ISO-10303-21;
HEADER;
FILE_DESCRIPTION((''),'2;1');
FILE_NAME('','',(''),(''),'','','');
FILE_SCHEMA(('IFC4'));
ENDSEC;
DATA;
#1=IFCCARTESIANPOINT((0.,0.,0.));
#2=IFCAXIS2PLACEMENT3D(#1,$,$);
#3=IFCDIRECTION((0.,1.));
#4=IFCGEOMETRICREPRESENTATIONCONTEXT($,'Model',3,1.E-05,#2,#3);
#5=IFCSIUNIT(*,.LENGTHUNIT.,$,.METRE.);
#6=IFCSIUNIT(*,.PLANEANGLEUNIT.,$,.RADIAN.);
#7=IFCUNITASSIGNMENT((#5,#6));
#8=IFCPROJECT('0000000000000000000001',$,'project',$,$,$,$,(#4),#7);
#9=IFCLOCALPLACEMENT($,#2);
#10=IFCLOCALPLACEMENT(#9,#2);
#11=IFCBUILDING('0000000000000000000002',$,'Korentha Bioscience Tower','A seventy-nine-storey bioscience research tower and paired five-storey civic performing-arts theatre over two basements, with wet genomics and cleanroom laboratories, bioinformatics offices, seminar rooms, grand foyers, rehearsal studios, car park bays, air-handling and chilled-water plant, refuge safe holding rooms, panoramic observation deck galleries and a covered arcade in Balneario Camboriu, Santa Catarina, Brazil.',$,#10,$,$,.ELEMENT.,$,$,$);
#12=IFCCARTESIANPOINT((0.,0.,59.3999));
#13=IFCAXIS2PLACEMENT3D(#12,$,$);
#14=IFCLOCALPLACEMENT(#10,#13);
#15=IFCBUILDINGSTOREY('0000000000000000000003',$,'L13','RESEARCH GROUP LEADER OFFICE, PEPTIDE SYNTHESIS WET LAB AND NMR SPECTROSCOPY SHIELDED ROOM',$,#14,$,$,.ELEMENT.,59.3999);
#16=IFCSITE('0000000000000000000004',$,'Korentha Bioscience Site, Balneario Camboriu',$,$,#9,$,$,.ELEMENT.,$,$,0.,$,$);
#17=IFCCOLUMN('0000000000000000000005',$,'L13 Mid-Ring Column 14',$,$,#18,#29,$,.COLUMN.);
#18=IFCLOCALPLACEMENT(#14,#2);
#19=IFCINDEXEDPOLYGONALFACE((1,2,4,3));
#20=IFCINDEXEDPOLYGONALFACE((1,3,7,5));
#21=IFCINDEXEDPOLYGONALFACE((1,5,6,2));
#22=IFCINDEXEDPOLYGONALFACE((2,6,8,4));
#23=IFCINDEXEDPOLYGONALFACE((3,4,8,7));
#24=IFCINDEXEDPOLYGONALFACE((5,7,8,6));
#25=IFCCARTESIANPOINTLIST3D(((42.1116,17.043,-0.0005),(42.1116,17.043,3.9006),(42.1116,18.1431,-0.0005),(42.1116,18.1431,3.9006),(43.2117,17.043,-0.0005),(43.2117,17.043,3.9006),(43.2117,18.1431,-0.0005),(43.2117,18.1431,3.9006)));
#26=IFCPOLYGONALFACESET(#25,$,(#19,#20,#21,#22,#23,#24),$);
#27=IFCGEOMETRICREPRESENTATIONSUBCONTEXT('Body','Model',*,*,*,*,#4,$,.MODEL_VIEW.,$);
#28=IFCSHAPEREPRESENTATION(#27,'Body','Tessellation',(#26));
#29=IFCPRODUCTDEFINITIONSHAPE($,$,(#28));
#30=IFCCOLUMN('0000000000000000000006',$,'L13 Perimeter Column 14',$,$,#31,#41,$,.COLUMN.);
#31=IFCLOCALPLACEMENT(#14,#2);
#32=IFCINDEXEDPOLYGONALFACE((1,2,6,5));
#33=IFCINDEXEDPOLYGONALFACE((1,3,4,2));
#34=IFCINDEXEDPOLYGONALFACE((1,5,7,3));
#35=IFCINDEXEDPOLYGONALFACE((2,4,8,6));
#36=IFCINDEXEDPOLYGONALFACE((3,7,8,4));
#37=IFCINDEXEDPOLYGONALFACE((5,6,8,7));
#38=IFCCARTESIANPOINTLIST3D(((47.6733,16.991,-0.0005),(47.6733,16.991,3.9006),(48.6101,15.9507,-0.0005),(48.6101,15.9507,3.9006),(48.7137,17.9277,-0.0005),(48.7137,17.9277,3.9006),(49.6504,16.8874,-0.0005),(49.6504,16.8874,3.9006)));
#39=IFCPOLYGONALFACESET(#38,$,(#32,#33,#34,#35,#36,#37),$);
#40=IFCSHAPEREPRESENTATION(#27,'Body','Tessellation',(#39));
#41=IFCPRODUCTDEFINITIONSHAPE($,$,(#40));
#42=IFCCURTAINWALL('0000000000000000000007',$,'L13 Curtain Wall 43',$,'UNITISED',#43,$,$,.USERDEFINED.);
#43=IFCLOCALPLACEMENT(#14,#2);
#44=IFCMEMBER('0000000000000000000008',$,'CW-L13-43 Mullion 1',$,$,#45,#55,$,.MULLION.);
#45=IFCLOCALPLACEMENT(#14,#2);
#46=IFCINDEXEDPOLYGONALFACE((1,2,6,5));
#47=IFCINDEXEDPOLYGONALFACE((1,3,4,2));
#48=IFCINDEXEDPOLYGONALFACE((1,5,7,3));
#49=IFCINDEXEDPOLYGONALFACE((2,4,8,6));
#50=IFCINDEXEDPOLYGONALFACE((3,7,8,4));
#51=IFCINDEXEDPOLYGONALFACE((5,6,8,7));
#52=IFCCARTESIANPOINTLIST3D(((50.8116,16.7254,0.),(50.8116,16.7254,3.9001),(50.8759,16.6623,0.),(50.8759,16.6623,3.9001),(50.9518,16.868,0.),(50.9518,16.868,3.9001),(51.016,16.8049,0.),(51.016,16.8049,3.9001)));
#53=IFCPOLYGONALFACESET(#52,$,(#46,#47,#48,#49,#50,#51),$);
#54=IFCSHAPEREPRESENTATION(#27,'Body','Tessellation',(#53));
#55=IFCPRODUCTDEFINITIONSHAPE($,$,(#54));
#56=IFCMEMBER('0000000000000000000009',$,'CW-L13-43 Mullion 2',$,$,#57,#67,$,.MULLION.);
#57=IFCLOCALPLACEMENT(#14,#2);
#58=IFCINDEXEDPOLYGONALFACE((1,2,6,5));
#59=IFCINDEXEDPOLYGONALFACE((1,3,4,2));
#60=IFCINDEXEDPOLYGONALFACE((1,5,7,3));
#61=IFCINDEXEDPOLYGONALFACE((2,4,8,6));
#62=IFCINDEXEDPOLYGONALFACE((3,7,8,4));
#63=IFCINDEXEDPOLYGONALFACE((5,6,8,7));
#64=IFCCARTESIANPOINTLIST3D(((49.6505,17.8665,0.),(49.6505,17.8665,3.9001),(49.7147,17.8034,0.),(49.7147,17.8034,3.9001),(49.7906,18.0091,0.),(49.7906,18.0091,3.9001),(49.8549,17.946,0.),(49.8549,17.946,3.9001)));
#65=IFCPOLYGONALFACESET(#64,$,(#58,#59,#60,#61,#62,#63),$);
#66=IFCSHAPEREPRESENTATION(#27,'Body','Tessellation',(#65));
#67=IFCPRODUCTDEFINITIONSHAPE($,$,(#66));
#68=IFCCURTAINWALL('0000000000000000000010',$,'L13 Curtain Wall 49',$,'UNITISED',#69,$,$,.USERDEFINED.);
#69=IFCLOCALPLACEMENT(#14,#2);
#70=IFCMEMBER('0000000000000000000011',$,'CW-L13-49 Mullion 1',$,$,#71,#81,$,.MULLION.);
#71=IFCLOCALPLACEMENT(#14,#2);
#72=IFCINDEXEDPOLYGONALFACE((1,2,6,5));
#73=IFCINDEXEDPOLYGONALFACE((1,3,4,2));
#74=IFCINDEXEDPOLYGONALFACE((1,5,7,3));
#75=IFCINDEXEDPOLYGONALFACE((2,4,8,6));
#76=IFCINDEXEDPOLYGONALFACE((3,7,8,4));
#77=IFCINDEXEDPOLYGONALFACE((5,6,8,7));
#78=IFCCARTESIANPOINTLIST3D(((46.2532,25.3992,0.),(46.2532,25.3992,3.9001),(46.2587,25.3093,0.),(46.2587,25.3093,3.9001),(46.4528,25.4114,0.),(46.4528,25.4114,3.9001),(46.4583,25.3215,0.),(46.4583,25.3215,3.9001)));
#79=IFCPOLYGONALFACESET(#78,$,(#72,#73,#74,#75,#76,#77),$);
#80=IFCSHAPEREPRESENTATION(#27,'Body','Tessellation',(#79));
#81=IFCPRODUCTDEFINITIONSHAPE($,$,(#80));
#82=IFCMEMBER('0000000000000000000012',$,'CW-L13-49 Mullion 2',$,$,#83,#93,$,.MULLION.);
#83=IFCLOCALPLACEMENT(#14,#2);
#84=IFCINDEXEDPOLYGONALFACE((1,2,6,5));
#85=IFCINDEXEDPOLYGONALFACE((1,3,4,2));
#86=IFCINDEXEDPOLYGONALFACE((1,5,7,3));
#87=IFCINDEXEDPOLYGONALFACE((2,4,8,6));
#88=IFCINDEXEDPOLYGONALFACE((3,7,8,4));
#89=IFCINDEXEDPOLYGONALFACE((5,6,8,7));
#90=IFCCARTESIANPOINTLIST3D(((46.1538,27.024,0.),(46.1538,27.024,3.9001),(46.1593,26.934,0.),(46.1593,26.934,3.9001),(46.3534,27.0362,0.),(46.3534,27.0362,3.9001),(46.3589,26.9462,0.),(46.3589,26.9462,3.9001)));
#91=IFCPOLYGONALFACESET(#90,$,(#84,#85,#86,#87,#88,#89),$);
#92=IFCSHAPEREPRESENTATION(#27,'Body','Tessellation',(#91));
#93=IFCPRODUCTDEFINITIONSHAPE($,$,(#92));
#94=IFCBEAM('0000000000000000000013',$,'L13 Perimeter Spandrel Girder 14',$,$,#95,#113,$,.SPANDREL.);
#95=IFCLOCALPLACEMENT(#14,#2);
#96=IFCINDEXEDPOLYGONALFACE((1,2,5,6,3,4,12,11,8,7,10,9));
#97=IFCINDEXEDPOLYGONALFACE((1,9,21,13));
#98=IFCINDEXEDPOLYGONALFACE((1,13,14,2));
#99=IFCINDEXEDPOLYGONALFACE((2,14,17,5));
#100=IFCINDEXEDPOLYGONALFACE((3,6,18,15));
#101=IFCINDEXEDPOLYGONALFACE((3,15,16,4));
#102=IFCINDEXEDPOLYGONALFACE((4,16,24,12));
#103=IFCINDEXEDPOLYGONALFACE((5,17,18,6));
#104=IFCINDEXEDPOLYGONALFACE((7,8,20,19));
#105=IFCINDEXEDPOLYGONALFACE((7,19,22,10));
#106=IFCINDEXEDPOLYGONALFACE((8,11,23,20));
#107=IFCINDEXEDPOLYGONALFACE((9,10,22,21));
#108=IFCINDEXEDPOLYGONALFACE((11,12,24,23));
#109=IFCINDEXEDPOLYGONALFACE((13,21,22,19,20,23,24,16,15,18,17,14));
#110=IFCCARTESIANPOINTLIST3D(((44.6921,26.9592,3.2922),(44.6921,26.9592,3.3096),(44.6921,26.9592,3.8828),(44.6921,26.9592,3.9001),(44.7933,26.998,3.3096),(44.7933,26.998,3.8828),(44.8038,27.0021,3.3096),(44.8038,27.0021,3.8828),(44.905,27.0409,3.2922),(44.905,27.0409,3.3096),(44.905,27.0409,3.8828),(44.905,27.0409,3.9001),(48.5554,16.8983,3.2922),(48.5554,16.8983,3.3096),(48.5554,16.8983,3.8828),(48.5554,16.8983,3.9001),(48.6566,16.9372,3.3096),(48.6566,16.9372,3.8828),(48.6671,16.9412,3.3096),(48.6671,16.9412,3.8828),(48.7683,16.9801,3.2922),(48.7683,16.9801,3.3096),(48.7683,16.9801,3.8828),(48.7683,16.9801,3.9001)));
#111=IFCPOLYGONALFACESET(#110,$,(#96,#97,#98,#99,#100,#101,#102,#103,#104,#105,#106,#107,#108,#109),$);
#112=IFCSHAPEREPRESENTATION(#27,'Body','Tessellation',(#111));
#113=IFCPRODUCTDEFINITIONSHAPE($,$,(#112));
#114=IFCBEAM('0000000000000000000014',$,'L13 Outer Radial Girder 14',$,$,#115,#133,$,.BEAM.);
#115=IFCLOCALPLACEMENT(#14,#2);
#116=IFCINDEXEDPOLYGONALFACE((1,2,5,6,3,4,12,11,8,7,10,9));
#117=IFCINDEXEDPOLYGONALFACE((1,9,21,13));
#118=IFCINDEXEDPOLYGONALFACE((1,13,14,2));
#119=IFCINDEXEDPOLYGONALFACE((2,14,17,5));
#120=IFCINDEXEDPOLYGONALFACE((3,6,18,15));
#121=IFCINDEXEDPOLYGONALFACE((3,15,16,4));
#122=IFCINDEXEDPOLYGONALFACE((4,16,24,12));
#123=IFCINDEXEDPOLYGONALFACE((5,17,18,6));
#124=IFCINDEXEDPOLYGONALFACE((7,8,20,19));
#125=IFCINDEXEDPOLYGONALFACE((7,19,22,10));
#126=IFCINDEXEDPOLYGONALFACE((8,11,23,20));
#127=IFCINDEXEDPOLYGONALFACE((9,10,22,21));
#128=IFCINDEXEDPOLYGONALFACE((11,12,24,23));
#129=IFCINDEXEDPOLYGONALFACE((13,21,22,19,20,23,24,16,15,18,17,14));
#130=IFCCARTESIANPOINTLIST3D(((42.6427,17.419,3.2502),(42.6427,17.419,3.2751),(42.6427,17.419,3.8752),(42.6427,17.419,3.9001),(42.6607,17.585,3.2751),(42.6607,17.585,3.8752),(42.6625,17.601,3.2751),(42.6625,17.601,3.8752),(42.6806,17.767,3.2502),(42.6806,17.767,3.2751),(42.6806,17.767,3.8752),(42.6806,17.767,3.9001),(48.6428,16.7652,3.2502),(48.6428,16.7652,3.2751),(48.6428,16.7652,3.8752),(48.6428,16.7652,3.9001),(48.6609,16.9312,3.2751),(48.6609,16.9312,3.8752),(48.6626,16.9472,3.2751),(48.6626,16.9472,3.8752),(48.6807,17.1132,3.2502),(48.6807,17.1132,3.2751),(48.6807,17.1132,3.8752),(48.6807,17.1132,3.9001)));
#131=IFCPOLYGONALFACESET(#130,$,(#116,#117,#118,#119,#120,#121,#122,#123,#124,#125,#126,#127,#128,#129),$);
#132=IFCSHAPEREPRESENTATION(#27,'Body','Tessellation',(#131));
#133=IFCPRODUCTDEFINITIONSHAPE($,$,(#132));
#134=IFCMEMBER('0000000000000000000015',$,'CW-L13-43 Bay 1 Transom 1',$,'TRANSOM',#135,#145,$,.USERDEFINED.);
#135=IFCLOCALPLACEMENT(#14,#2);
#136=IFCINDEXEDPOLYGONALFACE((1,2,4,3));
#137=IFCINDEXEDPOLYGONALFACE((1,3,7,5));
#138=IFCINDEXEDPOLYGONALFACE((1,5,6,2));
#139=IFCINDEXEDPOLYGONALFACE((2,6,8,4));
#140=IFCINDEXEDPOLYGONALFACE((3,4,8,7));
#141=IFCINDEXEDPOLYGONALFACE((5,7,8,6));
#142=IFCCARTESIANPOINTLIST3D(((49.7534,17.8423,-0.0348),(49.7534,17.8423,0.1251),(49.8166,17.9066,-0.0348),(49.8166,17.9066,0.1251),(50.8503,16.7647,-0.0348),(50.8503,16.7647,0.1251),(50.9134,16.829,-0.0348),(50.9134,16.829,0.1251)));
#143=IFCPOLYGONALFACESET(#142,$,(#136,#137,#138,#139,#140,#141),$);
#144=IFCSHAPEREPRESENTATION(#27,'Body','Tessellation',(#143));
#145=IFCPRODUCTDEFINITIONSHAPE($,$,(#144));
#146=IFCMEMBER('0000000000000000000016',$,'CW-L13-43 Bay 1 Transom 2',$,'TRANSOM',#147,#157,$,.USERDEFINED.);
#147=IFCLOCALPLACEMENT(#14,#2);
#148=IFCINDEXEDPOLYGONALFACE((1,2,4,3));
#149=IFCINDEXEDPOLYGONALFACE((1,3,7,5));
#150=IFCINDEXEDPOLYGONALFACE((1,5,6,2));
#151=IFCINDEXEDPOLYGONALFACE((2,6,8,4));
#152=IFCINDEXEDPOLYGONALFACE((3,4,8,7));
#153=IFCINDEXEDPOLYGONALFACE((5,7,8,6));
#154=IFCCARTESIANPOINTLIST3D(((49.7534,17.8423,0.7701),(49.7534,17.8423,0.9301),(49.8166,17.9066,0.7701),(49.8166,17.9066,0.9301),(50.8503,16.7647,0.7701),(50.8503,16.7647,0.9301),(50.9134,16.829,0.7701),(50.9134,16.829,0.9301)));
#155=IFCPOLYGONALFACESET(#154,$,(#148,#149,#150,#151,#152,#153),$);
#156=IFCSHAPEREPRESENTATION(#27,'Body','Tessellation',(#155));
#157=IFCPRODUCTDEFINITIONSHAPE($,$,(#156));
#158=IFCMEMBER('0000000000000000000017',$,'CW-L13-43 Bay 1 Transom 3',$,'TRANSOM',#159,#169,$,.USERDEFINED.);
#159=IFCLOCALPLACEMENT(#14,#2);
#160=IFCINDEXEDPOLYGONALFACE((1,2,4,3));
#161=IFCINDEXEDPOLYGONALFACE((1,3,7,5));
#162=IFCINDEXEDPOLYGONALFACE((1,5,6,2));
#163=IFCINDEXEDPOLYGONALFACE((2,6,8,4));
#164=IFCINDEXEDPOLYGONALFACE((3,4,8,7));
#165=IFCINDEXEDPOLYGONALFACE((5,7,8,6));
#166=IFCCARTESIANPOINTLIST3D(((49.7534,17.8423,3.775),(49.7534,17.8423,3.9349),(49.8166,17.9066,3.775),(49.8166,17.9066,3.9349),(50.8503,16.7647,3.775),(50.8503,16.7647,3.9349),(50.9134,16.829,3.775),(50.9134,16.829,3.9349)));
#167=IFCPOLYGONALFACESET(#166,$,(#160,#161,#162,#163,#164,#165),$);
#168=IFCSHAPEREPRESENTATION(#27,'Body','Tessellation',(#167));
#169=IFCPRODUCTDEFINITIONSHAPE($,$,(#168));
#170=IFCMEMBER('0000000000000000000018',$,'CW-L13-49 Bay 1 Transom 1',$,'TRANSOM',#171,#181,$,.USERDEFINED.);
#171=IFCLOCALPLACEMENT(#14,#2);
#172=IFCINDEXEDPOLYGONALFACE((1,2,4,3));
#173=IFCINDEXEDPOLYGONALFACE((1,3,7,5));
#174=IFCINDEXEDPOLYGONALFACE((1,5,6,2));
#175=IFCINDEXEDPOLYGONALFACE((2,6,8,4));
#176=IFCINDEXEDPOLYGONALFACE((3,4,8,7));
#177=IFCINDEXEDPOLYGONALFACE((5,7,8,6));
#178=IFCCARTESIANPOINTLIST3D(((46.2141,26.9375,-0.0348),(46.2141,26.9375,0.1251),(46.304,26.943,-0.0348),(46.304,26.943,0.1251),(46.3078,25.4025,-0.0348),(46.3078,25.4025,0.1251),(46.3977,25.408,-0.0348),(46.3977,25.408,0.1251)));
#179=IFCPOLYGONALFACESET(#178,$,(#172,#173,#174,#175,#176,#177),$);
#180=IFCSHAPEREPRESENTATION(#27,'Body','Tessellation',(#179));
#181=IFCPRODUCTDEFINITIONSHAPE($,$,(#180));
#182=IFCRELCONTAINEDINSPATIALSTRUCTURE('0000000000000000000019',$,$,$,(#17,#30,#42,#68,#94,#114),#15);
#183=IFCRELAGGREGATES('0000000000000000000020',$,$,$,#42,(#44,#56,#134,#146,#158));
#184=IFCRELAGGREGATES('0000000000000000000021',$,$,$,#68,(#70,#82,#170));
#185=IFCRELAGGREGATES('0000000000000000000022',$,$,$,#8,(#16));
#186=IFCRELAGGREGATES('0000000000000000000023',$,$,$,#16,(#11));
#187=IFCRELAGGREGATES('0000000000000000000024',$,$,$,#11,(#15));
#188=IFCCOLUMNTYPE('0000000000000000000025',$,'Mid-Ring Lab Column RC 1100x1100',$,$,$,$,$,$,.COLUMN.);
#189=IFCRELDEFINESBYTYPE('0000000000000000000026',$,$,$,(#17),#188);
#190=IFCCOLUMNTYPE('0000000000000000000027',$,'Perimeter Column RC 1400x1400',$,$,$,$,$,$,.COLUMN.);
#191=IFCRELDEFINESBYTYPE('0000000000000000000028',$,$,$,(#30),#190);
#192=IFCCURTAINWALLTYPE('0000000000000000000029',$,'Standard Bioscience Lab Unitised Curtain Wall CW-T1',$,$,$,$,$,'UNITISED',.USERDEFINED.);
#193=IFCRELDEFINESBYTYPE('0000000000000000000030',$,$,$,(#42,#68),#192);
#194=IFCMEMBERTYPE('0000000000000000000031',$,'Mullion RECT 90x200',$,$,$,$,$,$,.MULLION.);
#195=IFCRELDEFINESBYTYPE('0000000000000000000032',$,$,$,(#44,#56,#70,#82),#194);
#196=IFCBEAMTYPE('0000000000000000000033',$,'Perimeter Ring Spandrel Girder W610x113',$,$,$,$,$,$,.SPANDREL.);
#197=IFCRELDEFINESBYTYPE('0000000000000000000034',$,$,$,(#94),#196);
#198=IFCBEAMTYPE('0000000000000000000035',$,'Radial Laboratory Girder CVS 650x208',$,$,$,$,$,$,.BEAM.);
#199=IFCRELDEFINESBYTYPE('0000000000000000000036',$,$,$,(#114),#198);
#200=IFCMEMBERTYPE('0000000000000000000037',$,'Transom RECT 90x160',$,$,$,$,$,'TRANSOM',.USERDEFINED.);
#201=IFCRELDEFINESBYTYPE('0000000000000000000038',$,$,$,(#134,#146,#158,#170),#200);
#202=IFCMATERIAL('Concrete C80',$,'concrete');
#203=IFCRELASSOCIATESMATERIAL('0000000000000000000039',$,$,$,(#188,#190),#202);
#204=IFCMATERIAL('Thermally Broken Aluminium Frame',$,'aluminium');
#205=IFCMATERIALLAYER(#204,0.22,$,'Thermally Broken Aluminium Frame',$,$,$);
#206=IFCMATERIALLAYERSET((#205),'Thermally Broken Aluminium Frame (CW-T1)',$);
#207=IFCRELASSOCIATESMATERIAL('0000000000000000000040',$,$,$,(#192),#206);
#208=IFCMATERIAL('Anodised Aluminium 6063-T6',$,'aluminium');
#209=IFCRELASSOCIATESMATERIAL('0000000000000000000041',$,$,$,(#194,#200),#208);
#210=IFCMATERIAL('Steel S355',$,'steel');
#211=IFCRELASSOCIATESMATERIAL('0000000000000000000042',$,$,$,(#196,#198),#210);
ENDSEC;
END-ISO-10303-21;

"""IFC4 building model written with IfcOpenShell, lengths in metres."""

from ifc_helpers import new_model, si_unit, direction, frame, origin, origin_2d, place, context, subcontext, project, spatial, rectangle, i_section, extrude, material, layer, layer_set, material_profile, profile_set, type_object, element, aggregate, save


model = new_model("IFC4")

# Units and contexts
model_context = context("Model", 3, precision=1e-05, world=origin(), true_north=direction((0.0, 1.0)))
body_context = subcontext(model_context, "Body", "Model", "MODEL_VIEW")
ifc_project = project(units=[si_unit("LENGTHUNIT", "METRE"), si_unit("PLANEANGLEUNIT", "RADIAN")], contexts=[model_context])

# Site, building, storey
site_placement = place(None, origin())
site = spatial("IfcSite", under=ifc_project, at=site_placement, Name="Korentha Bioscience Site, Balneario Camboriu", CompositionType="ELEMENT", RefElevation=0.0)
building_placement = place(site_placement, origin())
building = spatial("IfcBuilding", under=site, at=building_placement, Name="Korentha Bioscience Tower", Description="A seventy-nine-storey bioscience research tower and paired five-storey civic performing-arts theatre over two basements, with wet genomics and cleanroom laboratories, bioinformatics offices, seminar rooms, grand foyers, rehearsal studios, car park bays, air-handling and chilled-water plant, refuge safe holding rooms, panoramic observation deck galleries and a covered arcade in Balneario Camboriu, Santa Catarina, Brazil.", CompositionType="ELEMENT")
storey_placement = place(building_placement, frame((0.0, 0.0, 59.3999)))
storey = spatial("IfcBuildingStorey", under=building, at=storey_placement, Name="L13", Description="RESEARCH GROUP LEADER OFFICE, PEPTIDE SYNTHESIS WET LAB AND NMR SPECTROSCOPY SHIELDED ROOM", CompositionType="ELEMENT", Elevation=59.3999)

# Columns
ifc_material_1 = material(Name="Concrete C80", Category="concrete")
ifc_material_profile_1 = material_profile(ifc_material_1, rectangle(XDim=1.1001, YDim=1.1001, at=origin_2d()), Name="Concrete C80")
ifc_profile_set_1 = profile_set([ifc_material_profile_1], Name="Concrete C80 (COL-MR11)")
column_type_1 = type_object("IfcColumnType", Name="Mid-Ring Lab Column RC 1100x1100", PredefinedType="COLUMN", material=ifc_profile_set_1)
column_1_placement = place(storey_placement, frame((42.6616, 17.593, -0.0005), z_axis=(0.0, 0.0, 1.0), x_axis=(1.0, 0.0, 0.0)))
element("IfcColumn", 1, at=column_1_placement, inside=storey, type_object=column_type_1, Name="L13 Mid-Ring Column 14", PredefinedType="COLUMN", context=body_context, shape_type="SweptSolid", body=[
    extrude(rectangle(XDim=1.1001, YDim=1.1001, at=origin_2d()), origin(), (0.0, 0.0, 1.0), 3.9011),
])
ifc_material_profile_2 = material_profile(ifc_material_1, rectangle(XDim=1.3999, YDim=1.3999, at=origin_2d()), Name="Concrete C80")
ifc_profile_set_2 = profile_set([ifc_material_profile_2], Name="Concrete C80 (COL-P14)")
column_type_2 = type_object("IfcColumnType", Name="Perimeter Column RC 1400x1400", PredefinedType="COLUMN", material=ifc_profile_set_2)
column_2_placement = place(storey_placement, frame((48.6619, 16.9392, -0.0005), z_axis=(0.0, 0.0, 1.0), x_axis=(-0.669131, 0.743145, 0.0)))
element("IfcColumn", 2, at=column_2_placement, inside=storey, type_object=column_type_2, Name="L13 Perimeter Column 14", PredefinedType="COLUMN", context=body_context, shape_type="SweptSolid", body=[
    extrude(rectangle(XDim=1.3999, YDim=1.3999, at=origin_2d()), origin(), (0.0, 0.0, 1.0), 3.9011),
])

# Curtain walls, members
ifc_material_2 = material(Name="Thermally Broken Aluminium Frame", Category="aluminium")
ifc_layer_1 = layer(ifc_material_2, 0.22, Name="Thermally Broken Aluminium Frame")
ifc_layer_set_1 = layer_set([ifc_layer_1], Name="Thermally Broken Aluminium Frame (CW-T1)")
curtain_wall_type = type_object("IfcCurtainWallType", Name="Standard Bioscience Lab Unitised Curtain Wall CW-T1", ElementType="UNITISED", PredefinedType="USERDEFINED", material=ifc_layer_set_1)
curtain_wall_1_placement = place(storey_placement, origin())
curtain_wall_1 = element("IfcCurtainWall", 3, at=curtain_wall_1_placement, inside=storey, type_object=curtain_wall_type, Name="L13 Curtain Wall 43", ObjectType="UNITISED", PredefinedType="USERDEFINED")
ifc_material_3 = material(Name="Anodised Aluminium 6063-T6", Category="aluminium")
ifc_material_profile_3 = material_profile(ifc_material_3, rectangle(XDim=0.0901, YDim=0.2, at=origin_2d()), Name="Anodised Aluminium 6063-T6")
ifc_profile_set_3 = profile_set([ifc_material_profile_3], Name="Anodised Aluminium 6063-T6 (CW-MUL)")
member_type_1 = type_object("IfcMemberType", Name="Mullion RECT 90x200", PredefinedType="MULLION", material=ifc_profile_set_3)
member_1_placement = place(storey_placement, frame((50.9138, 16.7651, 0.0), z_axis=(0.0, 0.0, 1.0), x_axis=(-0.713279, 0.70088, 0.0)))
member_1 = element("IfcMember", 4, at=member_1_placement, type_object=member_type_1, Name="CW-L13-43 Mullion 1", PredefinedType="MULLION", context=body_context, shape_type="SweptSolid", body=[
    extrude(rectangle(XDim=0.0901, YDim=0.2, at=origin_2d()), origin(), (0.0, 0.0, 1.0), 3.9001),
])
member_2_placement = place(storey_placement, frame((49.7527, 17.9062, 0.0), z_axis=(0.0, 0.0, 1.0), x_axis=(-0.713279, 0.70088, 0.0)))
member_2 = element("IfcMember", 5, at=member_2_placement, type_object=member_type_1, Name="CW-L13-43 Mullion 2", PredefinedType="MULLION", context=body_context, shape_type="SweptSolid", body=[
    extrude(rectangle(XDim=0.0901, YDim=0.2, at=origin_2d()), origin(), (0.0, 0.0, 1.0), 3.9001),
])
curtain_wall_2_placement = place(storey_placement, origin())
curtain_wall_2 = element("IfcCurtainWall", 6, at=curtain_wall_2_placement, inside=storey, type_object=curtain_wall_type, Name="L13 Curtain Wall 49", ObjectType="UNITISED", PredefinedType="USERDEFINED")
member_3_placement = place(storey_placement, frame((46.3557, 25.3604, 0.0), z_axis=(0.0, 0.0, 1.0), x_axis=(-0.061008, 0.998137, 0.0)))
member_3 = element("IfcMember", 7, at=member_3_placement, type_object=member_type_1, Name="CW-L13-49 Mullion 1", PredefinedType="MULLION", context=body_context, shape_type="SweptSolid", body=[
    extrude(rectangle(XDim=0.0901, YDim=0.2, at=origin_2d()), origin(), (0.0, 0.0, 1.0), 3.9001),
])
member_4_placement = place(storey_placement, frame((46.2563, 26.9851, 0.0), z_axis=(0.0, 0.0, 1.0), x_axis=(-0.061008, 0.998137, 0.0)))
member_4 = element("IfcMember", 8, at=member_4_placement, type_object=member_type_1, Name="CW-L13-49 Mullion 2", PredefinedType="MULLION", context=body_context, shape_type="SweptSolid", body=[
    extrude(rectangle(XDim=0.0901, YDim=0.2, at=origin_2d()), origin(), (0.0, 0.0, 1.0), 3.9001),
])

# Beams
ifc_material_4 = material(Name="Steel S355", Category="steel")
ifc_material_profile_4 = material_profile(ifc_material_4, i_section(OverallWidth=0.228, OverallDepth=0.6079, WebThickness=0.0112, FlangeThickness=0.0173, at=origin_2d()), Name="Steel S355")
ifc_profile_set_4 = profile_set([ifc_material_profile_4], Name="Steel S355 (SB-610)")
beam_type_1 = type_object("IfcBeamType", Name="Perimeter Ring Spandrel Girder W610x113", PredefinedType="SPANDREL", material=ifc_profile_set_4)
beam_1_placement = place(storey_placement, frame((48.6619, 16.9392, 3.5962), z_axis=(-0.358474, 0.93354, 0.0), x_axis=(-0.93354, -0.358474, 0.0)))
element("IfcBeam", 9, at=beam_1_placement, inside=storey, type_object=beam_type_1, Name="L13 Perimeter Spandrel Girder 14", PredefinedType="SPANDREL", context=body_context, shape_type="SweptSolid", body=[
    extrude(i_section(OverallWidth=0.228, OverallDepth=0.6079, WebThickness=0.0112, FlangeThickness=0.0173, at=origin_2d()), origin(), (0.0, 0.0, 1.0), 10.7771),
])
ifc_material_profile_5 = material_profile(ifc_material_4, i_section(OverallWidth=0.3501, OverallDepth=0.6499, WebThickness=0.0161, FlangeThickness=0.0249, at=origin_2d()), Name="Steel S355")
ifc_profile_set_5 = profile_set([ifc_material_profile_5], Name="Steel S355 (RB-650)")
beam_type_2 = type_object("IfcBeamType", Name="Radial Laboratory Girder CVS 650x208", PredefinedType="BEAM", material=ifc_profile_set_5)
beam_2_placement = place(storey_placement, frame((42.6616, 17.593, 3.5752), z_axis=(0.994116, -0.108323, 0.0), x_axis=(0.108323, 0.994116, 0.0)))
element("IfcBeam", 10, at=beam_2_placement, inside=storey, type_object=beam_type_2, Name="L13 Outer Radial Girder 14", PredefinedType="BEAM", context=body_context, shape_type="SweptSolid", body=[
    extrude(i_section(OverallWidth=0.3501, OverallDepth=0.6499, WebThickness=0.0161, FlangeThickness=0.0249, at=origin_2d()), origin(), (0.0, 0.0, 1.0), 6.0356),
])

# Members
ifc_material_profile_6 = material_profile(ifc_material_3, rectangle(XDim=0.0901, YDim=0.1599, at=origin_2d()), Name="Anodised Aluminium 6063-T6")
ifc_profile_set_6 = profile_set([ifc_material_profile_6], Name="Anodised Aluminium 6063-T6 (CW-TRN)")
member_type_2 = type_object("IfcMemberType", Name="Transom RECT 90x160", ElementType="TRANSOM", PredefinedType="USERDEFINED", material=ifc_profile_set_6)
member_5_placement = place(storey_placement, frame((50.8818, 16.7969, 0.0452), z_axis=(-0.71335, 0.700808, 0.0), x_axis=(-0.700808, -0.71335, 0.0)))
member_5 = element("IfcMember", 11, at=member_5_placement, type_object=member_type_2, Name="CW-L13-43 Bay 1 Transom 1", ObjectType="TRANSOM", PredefinedType="USERDEFINED", context=body_context, shape_type="SweptSolid", body=[
    extrude(rectangle(XDim=0.0901, YDim=0.1599, at=origin_2d()), origin(), (0.0, 0.0, 1.0), 1.5376),
])
member_6_placement = place(storey_placement, frame((50.8818, 16.7969, 0.8501), z_axis=(-0.71335, 0.700808, 0.0), x_axis=(-0.700808, -0.71335, 0.0)))
member_6 = element("IfcMember", 12, at=member_6_placement, type_object=member_type_2, Name="CW-L13-43 Bay 1 Transom 2", ObjectType="TRANSOM", PredefinedType="USERDEFINED", context=body_context, shape_type="SweptSolid", body=[
    extrude(rectangle(XDim=0.0901, YDim=0.1599, at=origin_2d()), origin(), (0.0, 0.0, 1.0), 1.5376),
])
member_7_placement = place(storey_placement, frame((50.8818, 16.7969, 3.855), z_axis=(-0.71335, 0.700808, 0.0), x_axis=(-0.700808, -0.71335, 0.0)))
member_7 = element("IfcMember", 13, at=member_7_placement, type_object=member_type_2, Name="CW-L13-43 Bay 1 Transom 3", ObjectType="TRANSOM", PredefinedType="USERDEFINED", context=body_context, shape_type="SweptSolid", body=[
    extrude(rectangle(XDim=0.0901, YDim=0.1599, at=origin_2d()), origin(), (0.0, 0.0, 1.0), 1.5376),
])
member_8_placement = place(storey_placement, frame((46.3528, 25.4053, 0.0452), z_axis=(-0.060965, 0.99814, 0.0), x_axis=(-0.99814, -0.060965, 0.0)))
member_8 = element("IfcMember", 14, at=member_8_placement, type_object=member_type_2, Name="CW-L13-49 Bay 1 Transom 1", ObjectType="TRANSOM", PredefinedType="USERDEFINED", context=body_context, shape_type="SweptSolid", body=[
    extrude(rectangle(XDim=0.0901, YDim=0.1599, at=origin_2d()), origin(), (0.0, 0.0, 1.0), 1.5378),
])

aggregate(curtain_wall_1, [member_1, member_2, member_5, member_6, member_7])
aggregate(curtain_wall_2, [member_3, member_4, member_8])

save(model, "model.ifc")
